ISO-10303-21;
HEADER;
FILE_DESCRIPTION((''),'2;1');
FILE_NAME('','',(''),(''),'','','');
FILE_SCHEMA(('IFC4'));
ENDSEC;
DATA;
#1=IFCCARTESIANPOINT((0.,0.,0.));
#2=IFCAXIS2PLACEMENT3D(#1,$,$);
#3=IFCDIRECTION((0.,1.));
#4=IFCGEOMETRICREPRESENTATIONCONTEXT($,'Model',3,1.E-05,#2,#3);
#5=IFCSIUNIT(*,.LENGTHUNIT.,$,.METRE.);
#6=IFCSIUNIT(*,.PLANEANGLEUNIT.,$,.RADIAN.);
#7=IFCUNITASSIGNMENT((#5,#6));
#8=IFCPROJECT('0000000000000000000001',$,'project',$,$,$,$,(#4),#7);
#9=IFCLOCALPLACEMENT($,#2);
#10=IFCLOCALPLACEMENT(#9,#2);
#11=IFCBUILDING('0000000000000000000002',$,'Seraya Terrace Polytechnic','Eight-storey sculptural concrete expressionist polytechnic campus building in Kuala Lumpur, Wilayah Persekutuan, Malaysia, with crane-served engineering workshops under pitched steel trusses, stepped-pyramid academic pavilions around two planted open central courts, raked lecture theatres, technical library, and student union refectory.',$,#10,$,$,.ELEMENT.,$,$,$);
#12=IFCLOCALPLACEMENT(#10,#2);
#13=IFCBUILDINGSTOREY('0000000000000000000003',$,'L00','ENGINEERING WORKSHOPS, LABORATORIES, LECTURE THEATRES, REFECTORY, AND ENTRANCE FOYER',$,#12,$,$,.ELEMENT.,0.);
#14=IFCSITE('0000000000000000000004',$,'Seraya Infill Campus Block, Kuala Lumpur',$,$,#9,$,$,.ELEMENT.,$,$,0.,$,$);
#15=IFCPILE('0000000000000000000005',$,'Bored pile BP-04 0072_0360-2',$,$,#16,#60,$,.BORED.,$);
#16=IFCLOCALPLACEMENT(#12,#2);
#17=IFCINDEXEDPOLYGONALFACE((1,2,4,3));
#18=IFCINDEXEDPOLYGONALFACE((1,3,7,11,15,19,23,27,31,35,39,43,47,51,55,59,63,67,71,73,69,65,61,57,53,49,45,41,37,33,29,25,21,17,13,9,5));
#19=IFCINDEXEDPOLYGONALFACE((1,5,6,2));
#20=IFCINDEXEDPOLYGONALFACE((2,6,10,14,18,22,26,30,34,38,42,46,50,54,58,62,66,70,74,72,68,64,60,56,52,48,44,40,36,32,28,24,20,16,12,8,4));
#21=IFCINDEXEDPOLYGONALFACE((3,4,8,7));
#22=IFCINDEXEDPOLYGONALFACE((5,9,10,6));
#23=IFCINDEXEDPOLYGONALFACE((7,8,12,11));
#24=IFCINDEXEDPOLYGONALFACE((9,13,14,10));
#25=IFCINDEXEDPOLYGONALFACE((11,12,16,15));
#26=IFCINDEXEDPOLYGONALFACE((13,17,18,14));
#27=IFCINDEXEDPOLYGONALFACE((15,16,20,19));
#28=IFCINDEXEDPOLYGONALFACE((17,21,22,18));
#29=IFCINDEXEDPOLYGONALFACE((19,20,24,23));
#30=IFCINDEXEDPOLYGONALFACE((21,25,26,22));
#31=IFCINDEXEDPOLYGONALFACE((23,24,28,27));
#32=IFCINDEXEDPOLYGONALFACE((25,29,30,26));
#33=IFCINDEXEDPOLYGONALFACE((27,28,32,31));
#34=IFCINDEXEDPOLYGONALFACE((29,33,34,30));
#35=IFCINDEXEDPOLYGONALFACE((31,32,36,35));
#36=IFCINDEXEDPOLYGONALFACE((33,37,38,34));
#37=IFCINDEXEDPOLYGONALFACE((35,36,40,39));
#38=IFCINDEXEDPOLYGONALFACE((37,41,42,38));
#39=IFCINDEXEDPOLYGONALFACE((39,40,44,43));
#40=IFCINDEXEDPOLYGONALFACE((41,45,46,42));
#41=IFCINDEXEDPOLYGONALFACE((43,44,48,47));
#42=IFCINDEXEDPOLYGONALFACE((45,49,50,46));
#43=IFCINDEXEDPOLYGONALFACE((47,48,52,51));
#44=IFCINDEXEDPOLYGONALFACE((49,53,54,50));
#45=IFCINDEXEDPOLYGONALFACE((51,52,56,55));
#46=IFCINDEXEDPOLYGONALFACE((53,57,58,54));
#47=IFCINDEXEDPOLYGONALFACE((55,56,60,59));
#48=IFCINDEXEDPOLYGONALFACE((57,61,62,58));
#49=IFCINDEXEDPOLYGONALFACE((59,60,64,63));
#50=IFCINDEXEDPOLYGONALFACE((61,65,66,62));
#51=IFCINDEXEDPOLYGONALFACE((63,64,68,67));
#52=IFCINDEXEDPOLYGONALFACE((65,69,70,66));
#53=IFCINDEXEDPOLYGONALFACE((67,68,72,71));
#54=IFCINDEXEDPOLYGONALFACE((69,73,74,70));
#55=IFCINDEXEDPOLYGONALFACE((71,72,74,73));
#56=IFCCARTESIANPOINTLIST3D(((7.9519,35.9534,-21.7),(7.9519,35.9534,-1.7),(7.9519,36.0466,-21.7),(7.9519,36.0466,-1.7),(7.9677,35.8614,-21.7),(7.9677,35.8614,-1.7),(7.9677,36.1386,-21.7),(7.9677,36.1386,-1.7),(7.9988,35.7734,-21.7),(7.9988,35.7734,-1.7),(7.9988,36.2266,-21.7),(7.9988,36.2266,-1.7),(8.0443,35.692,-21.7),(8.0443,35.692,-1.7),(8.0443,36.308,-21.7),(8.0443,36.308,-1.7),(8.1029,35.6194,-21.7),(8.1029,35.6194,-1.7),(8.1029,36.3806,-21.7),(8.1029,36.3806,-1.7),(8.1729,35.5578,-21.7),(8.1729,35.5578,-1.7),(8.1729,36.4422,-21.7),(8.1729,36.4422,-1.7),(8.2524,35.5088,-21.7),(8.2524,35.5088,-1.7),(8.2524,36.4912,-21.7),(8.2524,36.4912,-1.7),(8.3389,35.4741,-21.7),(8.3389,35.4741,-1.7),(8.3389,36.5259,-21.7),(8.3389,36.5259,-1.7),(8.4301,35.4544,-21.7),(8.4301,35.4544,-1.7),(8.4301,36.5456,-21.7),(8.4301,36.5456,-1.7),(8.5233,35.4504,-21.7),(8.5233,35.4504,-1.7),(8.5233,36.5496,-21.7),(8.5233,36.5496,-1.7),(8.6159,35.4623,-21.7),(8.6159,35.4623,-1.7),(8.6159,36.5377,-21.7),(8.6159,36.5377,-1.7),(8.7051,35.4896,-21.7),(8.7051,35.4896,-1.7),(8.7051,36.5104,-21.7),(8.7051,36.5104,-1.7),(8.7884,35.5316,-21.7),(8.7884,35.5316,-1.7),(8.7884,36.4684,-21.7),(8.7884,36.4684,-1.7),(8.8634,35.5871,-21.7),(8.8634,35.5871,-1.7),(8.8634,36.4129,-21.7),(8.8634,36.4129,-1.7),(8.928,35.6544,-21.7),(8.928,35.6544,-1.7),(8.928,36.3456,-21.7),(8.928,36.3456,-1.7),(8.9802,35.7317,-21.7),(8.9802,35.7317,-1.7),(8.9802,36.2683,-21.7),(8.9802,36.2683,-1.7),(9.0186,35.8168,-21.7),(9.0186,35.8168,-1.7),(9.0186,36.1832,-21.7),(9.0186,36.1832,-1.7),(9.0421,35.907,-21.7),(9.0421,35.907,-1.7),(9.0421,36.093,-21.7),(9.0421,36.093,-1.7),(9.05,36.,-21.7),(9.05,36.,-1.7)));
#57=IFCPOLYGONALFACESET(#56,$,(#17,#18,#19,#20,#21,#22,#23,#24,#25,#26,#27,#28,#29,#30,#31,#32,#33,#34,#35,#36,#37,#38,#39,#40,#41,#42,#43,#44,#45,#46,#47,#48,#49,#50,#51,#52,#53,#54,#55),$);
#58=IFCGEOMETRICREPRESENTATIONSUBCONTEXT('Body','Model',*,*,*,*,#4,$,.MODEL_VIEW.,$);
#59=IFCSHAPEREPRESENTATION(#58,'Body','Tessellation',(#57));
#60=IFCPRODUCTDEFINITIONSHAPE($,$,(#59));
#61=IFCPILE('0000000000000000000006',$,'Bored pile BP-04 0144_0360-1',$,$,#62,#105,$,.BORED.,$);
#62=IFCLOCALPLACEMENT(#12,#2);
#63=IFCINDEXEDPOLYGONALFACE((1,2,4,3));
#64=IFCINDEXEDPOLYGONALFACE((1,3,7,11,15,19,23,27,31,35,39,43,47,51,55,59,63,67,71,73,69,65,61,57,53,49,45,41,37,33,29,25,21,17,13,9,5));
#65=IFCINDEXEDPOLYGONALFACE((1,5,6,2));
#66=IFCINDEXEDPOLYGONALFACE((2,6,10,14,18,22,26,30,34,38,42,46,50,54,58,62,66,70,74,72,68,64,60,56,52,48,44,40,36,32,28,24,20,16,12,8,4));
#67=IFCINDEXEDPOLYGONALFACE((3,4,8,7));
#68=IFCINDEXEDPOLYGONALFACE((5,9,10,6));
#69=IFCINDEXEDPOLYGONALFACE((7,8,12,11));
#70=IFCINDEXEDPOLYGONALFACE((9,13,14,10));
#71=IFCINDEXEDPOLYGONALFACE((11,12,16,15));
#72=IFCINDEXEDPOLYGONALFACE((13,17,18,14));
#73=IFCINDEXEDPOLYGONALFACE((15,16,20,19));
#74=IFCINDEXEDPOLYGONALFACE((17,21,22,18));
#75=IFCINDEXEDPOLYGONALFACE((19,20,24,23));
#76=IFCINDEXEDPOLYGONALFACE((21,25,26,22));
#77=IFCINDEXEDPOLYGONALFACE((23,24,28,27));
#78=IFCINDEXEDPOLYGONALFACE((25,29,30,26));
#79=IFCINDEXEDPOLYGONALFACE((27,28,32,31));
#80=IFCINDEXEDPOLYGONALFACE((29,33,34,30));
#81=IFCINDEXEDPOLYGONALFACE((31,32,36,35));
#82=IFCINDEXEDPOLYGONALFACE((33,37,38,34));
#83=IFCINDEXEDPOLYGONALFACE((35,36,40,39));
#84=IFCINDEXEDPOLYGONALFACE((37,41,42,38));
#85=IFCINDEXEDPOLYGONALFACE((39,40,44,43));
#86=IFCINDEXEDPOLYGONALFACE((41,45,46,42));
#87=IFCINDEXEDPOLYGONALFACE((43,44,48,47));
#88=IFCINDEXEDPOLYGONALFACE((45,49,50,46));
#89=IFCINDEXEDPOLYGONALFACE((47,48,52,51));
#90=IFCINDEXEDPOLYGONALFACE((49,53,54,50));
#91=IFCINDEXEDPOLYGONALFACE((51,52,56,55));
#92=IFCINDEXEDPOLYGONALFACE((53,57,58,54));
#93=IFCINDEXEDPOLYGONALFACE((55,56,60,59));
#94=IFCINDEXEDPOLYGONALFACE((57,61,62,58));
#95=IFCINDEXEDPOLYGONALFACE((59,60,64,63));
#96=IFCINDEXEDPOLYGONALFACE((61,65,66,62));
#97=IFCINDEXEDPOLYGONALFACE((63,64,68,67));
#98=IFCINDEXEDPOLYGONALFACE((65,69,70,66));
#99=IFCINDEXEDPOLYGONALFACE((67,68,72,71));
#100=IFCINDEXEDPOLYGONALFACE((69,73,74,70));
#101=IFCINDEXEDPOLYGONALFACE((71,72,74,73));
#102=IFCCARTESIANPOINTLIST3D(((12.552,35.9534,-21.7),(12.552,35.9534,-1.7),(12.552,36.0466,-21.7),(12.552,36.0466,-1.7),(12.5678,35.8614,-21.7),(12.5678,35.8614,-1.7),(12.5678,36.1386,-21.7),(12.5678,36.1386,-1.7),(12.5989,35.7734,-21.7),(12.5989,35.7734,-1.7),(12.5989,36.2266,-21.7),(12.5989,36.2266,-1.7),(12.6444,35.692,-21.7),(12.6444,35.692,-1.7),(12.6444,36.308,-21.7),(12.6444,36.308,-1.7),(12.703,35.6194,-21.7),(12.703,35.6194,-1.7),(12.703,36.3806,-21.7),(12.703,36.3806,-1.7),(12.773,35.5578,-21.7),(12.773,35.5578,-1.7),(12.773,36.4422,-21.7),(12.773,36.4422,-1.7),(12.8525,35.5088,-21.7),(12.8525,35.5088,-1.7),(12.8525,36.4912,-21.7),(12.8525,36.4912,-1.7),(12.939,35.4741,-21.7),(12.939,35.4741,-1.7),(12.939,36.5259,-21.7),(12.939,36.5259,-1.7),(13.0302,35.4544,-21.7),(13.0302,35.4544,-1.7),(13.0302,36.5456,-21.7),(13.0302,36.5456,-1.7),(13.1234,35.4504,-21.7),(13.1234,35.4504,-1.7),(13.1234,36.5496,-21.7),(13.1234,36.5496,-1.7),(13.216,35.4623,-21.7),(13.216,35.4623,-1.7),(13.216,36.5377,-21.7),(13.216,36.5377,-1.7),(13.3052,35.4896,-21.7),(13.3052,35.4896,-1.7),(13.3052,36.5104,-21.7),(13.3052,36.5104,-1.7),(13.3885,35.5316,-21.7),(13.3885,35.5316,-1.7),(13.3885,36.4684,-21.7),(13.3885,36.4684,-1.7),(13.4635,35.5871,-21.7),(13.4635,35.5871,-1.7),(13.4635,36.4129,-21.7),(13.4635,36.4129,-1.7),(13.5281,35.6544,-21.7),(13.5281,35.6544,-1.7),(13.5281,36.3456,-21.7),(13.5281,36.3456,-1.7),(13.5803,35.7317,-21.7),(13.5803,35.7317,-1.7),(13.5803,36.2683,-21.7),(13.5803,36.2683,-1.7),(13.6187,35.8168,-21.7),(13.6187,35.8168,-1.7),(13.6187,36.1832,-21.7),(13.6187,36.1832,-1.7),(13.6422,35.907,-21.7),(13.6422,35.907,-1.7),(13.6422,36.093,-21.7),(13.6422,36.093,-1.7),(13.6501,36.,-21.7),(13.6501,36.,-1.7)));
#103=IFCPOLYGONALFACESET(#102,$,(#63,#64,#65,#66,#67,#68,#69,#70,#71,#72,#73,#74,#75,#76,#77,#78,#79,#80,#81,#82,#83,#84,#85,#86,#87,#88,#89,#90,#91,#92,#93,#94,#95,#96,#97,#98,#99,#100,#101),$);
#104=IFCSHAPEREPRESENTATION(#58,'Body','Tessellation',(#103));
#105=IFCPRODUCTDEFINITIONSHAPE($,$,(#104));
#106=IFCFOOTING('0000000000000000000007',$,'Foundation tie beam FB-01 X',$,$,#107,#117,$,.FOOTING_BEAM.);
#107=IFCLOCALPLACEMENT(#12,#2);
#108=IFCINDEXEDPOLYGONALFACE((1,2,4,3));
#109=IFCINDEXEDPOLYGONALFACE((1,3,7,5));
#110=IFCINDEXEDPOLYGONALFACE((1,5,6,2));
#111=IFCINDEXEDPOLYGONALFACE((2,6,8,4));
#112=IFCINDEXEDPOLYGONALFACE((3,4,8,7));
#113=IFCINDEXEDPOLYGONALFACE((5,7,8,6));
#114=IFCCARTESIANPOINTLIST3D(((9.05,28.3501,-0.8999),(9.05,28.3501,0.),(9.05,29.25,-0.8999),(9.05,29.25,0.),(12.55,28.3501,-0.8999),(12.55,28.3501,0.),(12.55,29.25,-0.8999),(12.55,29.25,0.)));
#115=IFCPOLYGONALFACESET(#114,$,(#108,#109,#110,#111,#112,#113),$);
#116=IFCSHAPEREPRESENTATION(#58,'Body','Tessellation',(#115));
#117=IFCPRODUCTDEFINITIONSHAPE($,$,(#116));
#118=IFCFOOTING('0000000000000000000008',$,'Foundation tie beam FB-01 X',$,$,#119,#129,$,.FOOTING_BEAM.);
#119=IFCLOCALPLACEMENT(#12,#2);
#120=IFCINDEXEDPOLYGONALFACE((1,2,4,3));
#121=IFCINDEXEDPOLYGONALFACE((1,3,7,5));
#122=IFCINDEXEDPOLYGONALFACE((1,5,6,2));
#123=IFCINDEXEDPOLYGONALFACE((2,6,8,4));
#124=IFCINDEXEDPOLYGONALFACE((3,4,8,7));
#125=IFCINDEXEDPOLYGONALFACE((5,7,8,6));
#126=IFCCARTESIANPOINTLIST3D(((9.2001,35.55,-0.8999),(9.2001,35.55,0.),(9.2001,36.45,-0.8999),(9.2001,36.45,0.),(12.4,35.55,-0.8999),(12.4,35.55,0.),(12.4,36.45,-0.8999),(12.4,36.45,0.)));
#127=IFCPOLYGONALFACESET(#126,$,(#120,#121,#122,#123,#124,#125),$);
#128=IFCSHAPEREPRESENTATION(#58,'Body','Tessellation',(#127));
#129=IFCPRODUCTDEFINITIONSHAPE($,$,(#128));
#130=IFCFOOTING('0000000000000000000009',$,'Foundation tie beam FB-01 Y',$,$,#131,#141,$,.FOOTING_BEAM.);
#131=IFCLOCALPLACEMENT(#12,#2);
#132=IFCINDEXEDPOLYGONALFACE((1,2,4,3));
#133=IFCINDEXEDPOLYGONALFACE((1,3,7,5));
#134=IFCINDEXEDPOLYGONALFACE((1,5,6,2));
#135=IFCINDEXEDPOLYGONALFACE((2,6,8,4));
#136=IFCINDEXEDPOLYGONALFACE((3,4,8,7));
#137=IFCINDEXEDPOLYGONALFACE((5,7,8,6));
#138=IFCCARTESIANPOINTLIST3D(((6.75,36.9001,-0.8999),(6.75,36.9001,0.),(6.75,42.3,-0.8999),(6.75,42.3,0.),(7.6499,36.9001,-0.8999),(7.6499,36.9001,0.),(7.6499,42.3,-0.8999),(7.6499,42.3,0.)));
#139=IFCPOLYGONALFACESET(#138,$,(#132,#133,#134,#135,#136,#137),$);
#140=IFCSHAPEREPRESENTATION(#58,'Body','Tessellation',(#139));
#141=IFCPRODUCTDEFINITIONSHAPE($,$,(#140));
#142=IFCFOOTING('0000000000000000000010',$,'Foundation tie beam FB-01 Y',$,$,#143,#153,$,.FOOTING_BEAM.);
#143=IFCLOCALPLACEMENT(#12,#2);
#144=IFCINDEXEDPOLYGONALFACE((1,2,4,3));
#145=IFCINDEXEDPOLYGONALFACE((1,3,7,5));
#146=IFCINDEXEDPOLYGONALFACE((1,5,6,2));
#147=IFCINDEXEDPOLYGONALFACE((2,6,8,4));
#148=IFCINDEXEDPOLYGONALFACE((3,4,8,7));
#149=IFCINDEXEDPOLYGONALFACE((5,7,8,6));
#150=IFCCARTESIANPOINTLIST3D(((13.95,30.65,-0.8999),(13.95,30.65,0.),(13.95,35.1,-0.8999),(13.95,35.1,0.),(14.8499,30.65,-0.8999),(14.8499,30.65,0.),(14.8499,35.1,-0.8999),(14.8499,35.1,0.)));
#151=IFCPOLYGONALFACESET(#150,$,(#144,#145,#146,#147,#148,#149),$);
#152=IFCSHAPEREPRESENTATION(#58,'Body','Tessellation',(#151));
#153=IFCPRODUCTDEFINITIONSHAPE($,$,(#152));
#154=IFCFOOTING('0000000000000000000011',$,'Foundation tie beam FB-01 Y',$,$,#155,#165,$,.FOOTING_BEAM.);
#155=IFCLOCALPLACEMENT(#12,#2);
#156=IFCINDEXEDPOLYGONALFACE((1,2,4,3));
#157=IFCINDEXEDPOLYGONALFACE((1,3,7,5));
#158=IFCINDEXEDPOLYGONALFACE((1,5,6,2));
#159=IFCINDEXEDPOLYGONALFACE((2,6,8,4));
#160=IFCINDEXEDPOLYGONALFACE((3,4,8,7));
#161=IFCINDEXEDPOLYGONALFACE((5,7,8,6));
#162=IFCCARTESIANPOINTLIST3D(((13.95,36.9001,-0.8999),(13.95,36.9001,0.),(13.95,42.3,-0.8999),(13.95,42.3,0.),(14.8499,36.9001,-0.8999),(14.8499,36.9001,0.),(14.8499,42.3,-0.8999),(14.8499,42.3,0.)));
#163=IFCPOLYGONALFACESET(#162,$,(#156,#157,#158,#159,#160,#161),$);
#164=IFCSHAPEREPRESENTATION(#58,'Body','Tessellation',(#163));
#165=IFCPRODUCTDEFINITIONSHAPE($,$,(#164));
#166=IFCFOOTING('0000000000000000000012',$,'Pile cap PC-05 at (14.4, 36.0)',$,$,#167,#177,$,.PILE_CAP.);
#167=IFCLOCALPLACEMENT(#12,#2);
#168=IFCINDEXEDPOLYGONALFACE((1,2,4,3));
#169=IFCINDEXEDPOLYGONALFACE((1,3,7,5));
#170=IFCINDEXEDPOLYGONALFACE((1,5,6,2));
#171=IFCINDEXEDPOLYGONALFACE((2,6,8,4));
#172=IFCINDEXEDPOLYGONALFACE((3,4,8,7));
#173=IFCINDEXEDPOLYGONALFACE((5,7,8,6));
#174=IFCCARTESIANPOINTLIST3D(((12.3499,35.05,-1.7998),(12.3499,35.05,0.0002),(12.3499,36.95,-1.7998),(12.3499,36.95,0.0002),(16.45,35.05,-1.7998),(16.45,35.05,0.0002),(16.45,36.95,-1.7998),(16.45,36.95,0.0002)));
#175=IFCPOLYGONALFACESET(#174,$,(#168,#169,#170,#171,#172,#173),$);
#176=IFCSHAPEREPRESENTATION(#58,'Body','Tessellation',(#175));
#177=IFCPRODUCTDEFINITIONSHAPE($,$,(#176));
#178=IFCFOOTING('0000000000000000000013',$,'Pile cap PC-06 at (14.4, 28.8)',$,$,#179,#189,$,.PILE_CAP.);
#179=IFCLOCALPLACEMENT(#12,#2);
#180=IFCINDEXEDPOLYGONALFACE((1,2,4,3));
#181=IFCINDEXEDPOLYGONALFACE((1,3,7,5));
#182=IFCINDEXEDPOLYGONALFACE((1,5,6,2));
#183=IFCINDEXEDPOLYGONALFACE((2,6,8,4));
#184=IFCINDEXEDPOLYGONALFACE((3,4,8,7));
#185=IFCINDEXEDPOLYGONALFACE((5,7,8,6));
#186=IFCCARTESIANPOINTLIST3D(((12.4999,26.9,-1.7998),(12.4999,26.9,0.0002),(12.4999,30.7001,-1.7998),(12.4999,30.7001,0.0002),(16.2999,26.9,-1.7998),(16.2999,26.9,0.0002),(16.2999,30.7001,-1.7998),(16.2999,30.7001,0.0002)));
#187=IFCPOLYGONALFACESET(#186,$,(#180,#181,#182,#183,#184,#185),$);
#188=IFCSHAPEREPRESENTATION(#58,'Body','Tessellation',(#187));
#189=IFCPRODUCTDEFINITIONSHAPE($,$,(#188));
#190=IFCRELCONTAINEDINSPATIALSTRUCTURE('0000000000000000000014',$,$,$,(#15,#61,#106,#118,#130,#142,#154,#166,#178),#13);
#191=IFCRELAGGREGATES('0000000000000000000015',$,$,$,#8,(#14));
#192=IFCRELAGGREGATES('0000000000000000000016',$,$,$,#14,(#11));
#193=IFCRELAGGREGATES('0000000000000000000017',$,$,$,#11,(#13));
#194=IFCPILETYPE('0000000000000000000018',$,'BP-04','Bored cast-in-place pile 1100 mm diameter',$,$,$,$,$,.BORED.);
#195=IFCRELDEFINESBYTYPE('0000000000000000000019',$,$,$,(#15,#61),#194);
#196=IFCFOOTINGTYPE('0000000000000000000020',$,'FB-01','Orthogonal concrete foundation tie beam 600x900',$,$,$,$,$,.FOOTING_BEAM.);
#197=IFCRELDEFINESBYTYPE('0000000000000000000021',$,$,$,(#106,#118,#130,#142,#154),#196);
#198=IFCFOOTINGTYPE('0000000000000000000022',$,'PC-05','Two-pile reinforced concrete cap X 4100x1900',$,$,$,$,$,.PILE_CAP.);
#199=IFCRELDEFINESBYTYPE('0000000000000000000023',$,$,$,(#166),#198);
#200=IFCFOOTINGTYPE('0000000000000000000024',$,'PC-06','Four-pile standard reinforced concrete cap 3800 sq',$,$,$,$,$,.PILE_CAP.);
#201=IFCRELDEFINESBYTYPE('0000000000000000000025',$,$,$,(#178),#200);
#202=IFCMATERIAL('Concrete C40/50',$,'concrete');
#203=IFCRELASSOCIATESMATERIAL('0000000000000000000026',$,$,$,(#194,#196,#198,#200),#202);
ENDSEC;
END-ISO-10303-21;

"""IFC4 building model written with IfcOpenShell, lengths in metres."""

from ifc_helpers import new_model, si_unit, direction, frame, origin, origin_2d, place, context, subcontext, project, spatial, rectangle, circle, extrude, material, material_profile, profile_set, type_object, element, save


model = new_model("IFC4")

# Units and contexts
model_context = context("Model", 3, precision=1e-05, world=origin(), true_north=direction((0.0, 1.0)))
body_context = subcontext(model_context, "Body", "Model", "MODEL_VIEW")
ifc_project = project(units=[si_unit("LENGTHUNIT", "METRE"), si_unit("PLANEANGLEUNIT", "RADIAN")], contexts=[model_context])

# Site, building, storey
site_placement = place(None, origin())
site = spatial("IfcSite", under=ifc_project, at=site_placement, Name="Seraya Infill Campus Block, Kuala Lumpur", CompositionType="ELEMENT", RefElevation=0.0)
building_placement = place(site_placement, origin())
building = spatial("IfcBuilding", under=site, at=building_placement, Name="Seraya Terrace Polytechnic", Description="Eight-storey sculptural concrete expressionist polytechnic campus building in Kuala Lumpur, Wilayah Persekutuan, Malaysia, with crane-served engineering workshops under pitched steel trusses, stepped-pyramid academic pavilions around two planted open central courts, raked lecture theatres, technical library, and student union refectory.", CompositionType="ELEMENT")
storey_placement = place(building_placement, origin())
storey = spatial("IfcBuildingStorey", under=building, at=storey_placement, Name="L00", Description="ENGINEERING WORKSHOPS, LABORATORIES, LECTURE THEATRES, REFECTORY, AND ENTRANCE FOYER", CompositionType="ELEMENT", Elevation=0.0)

# Piles
ifc_material_1 = material(Name="Concrete C40/50", Category="concrete")
ifc_material_profile_1 = material_profile(ifc_material_1, circle(Radius=0.55, at=origin_2d()), Name="DIA 1100")
ifc_profile_set_1 = profile_set([ifc_material_profile_1], Name="Concrete C40/50")
pile_type_1 = type_object("IfcPileType", Name="BP-04", Description="Bored cast-in-place pile 1100 mm diameter", PredefinedType="BORED", material=ifc_profile_set_1)
for number, where, z_axis, x_axis, name in (
    (1, (8.5, 36.0, -1.7), (0.0, 0.0, -1.0), (1.0, 0.0, 0.0), "Bored pile BP-04 0072_0360-2"),
    (2, (13.1001, 36.0, -1.7), (0.0, 0.0, -1.0), (1.0, 0.0, 0.0), "Bored pile BP-04 0144_0360-1"),
):
    element("IfcPile", number, at=place(storey_placement, frame(where, z_axis=z_axis, x_axis=x_axis)), inside=storey, type_object=pile_type_1, Name=name, PredefinedType="BORED", context=body_context, shape_type="SweptSolid", body=[
        extrude(circle(Radius=0.55, at=origin_2d()), origin(), (0.0, 0.0, 1.0), 20.0),
    ])

# Footings
footing_type_1 = type_object("IfcFootingType", Name="FB-01", Description="Orthogonal concrete foundation tie beam 600x900", PredefinedType="FOOTING_BEAM", material=ifc_material_1)
footing_1_placement = place(storey_placement, frame((10.8, 28.8, -0.8999), z_axis=(0.0, 0.0, 1.0), x_axis=(1.0, 0.0, 0.0)))
element("IfcFooting", 3, at=footing_1_placement, inside=storey, type_object=footing_type_1, Name="Foundation tie beam FB-01 X", PredefinedType="FOOTING_BEAM", context=body_context, shape_type="SweptSolid", body=[
    extrude(rectangle(XDim=3.5, YDim=0.8999, at=origin_2d()), origin(), (0.0, 0.0, 1.0), 0.8999),
])
footing_2_placement = place(storey_placement, frame((10.8, 36.0, -0.8999), z_axis=(0.0, 0.0, 1.0), x_axis=(1.0, 0.0, 0.0)))
element("IfcFooting", 4, at=footing_2_placement, inside=storey, type_object=footing_type_1, Name="Foundation tie beam FB-01 X", PredefinedType="FOOTING_BEAM", context=body_context, shape_type="SweptSolid", body=[
    extrude(rectangle(XDim=3.2, YDim=0.8999, at=origin_2d()), origin(), (0.0, 0.0, 1.0), 0.8999),
])
footing_3_placement = place(storey_placement, frame((7.2, 39.6001, -0.8999), z_axis=(0.0, 0.0, 1.0), x_axis=(0.0, 1.0, 0.0)))
element("IfcFooting", 5, at=footing_3_placement, inside=storey, type_object=footing_type_1, Name="Foundation tie beam FB-01 Y", PredefinedType="FOOTING_BEAM", context=body_context, shape_type="SweptSolid", body=[
    extrude(rectangle(XDim=5.3999, YDim=0.8999, at=origin_2d()), origin(), (0.0, 0.0, 1.0), 0.8999),
])
footing_4_placement = place(storey_placement, frame((14.3999, 32.875, -0.8999), z_axis=(0.0, 0.0, 1.0), x_axis=(0.0, 1.0, 0.0)))
element("IfcFooting", 6, at=footing_4_placement, inside=storey, type_object=footing_type_1, Name="Foundation tie beam FB-01 Y", PredefinedType="FOOTING_BEAM", context=body_context, shape_type="SweptSolid", body=[
    extrude(rectangle(XDim=4.45, YDim=0.8999, at=origin_2d()), origin(), (0.0, 0.0, 1.0), 0.8999),
])
footing_5_placement = place(storey_placement, frame((14.3999, 39.6001, -0.8999), z_axis=(0.0, 0.0, 1.0), x_axis=(0.0, 1.0, 0.0)))
element("IfcFooting", 7, at=footing_5_placement, inside=storey, type_object=footing_type_1, Name="Foundation tie beam FB-01 Y", PredefinedType="FOOTING_BEAM", context=body_context, shape_type="SweptSolid", body=[
    extrude(rectangle(XDim=5.3999, YDim=0.8999, at=origin_2d()), origin(), (0.0, 0.0, 1.0), 0.8999),
])
footing_type_2 = type_object("IfcFootingType", Name="PC-05", Description="Two-pile reinforced concrete cap X 4100x1900", PredefinedType="PILE_CAP", material=ifc_material_1)
footing_6_placement = place(storey_placement, frame((14.3999, 36.0, -1.7998), z_axis=(0.0, 0.0, 1.0), x_axis=(1.0, 0.0, 0.0)))
element("IfcFooting", 8, at=footing_6_placement, inside=storey, type_object=footing_type_2, Name="Pile cap PC-05 at (14.4, 36.0)", PredefinedType="PILE_CAP", context=body_context, shape_type="SweptSolid", body=[
    extrude(rectangle(XDim=4.1001, YDim=1.8999, at=origin_2d()), origin(), (0.0, 0.0, 1.0), 1.8),
])
footing_type_3 = type_object("IfcFootingType", Name="PC-06", Description="Four-pile standard reinforced concrete cap 3800 sq", PredefinedType="PILE_CAP", material=ifc_material_1)
footing_7_placement = place(storey_placement, frame((14.3999, 28.8, -1.7998), z_axis=(0.0, 0.0, 1.0), x_axis=(1.0, 0.0, 0.0)))
element("IfcFooting", 9, at=footing_7_placement, inside=storey, type_object=footing_type_3, Name="Pile cap PC-06 at (14.4, 28.8)", PredefinedType="PILE_CAP", context=body_context, shape_type="SweptSolid", body=[
    extrude(rectangle(XDim=3.8, YDim=3.8, at=origin_2d()), origin(), (0.0, 0.0, 1.0), 1.8),
])

save(model, "model.ifc")
